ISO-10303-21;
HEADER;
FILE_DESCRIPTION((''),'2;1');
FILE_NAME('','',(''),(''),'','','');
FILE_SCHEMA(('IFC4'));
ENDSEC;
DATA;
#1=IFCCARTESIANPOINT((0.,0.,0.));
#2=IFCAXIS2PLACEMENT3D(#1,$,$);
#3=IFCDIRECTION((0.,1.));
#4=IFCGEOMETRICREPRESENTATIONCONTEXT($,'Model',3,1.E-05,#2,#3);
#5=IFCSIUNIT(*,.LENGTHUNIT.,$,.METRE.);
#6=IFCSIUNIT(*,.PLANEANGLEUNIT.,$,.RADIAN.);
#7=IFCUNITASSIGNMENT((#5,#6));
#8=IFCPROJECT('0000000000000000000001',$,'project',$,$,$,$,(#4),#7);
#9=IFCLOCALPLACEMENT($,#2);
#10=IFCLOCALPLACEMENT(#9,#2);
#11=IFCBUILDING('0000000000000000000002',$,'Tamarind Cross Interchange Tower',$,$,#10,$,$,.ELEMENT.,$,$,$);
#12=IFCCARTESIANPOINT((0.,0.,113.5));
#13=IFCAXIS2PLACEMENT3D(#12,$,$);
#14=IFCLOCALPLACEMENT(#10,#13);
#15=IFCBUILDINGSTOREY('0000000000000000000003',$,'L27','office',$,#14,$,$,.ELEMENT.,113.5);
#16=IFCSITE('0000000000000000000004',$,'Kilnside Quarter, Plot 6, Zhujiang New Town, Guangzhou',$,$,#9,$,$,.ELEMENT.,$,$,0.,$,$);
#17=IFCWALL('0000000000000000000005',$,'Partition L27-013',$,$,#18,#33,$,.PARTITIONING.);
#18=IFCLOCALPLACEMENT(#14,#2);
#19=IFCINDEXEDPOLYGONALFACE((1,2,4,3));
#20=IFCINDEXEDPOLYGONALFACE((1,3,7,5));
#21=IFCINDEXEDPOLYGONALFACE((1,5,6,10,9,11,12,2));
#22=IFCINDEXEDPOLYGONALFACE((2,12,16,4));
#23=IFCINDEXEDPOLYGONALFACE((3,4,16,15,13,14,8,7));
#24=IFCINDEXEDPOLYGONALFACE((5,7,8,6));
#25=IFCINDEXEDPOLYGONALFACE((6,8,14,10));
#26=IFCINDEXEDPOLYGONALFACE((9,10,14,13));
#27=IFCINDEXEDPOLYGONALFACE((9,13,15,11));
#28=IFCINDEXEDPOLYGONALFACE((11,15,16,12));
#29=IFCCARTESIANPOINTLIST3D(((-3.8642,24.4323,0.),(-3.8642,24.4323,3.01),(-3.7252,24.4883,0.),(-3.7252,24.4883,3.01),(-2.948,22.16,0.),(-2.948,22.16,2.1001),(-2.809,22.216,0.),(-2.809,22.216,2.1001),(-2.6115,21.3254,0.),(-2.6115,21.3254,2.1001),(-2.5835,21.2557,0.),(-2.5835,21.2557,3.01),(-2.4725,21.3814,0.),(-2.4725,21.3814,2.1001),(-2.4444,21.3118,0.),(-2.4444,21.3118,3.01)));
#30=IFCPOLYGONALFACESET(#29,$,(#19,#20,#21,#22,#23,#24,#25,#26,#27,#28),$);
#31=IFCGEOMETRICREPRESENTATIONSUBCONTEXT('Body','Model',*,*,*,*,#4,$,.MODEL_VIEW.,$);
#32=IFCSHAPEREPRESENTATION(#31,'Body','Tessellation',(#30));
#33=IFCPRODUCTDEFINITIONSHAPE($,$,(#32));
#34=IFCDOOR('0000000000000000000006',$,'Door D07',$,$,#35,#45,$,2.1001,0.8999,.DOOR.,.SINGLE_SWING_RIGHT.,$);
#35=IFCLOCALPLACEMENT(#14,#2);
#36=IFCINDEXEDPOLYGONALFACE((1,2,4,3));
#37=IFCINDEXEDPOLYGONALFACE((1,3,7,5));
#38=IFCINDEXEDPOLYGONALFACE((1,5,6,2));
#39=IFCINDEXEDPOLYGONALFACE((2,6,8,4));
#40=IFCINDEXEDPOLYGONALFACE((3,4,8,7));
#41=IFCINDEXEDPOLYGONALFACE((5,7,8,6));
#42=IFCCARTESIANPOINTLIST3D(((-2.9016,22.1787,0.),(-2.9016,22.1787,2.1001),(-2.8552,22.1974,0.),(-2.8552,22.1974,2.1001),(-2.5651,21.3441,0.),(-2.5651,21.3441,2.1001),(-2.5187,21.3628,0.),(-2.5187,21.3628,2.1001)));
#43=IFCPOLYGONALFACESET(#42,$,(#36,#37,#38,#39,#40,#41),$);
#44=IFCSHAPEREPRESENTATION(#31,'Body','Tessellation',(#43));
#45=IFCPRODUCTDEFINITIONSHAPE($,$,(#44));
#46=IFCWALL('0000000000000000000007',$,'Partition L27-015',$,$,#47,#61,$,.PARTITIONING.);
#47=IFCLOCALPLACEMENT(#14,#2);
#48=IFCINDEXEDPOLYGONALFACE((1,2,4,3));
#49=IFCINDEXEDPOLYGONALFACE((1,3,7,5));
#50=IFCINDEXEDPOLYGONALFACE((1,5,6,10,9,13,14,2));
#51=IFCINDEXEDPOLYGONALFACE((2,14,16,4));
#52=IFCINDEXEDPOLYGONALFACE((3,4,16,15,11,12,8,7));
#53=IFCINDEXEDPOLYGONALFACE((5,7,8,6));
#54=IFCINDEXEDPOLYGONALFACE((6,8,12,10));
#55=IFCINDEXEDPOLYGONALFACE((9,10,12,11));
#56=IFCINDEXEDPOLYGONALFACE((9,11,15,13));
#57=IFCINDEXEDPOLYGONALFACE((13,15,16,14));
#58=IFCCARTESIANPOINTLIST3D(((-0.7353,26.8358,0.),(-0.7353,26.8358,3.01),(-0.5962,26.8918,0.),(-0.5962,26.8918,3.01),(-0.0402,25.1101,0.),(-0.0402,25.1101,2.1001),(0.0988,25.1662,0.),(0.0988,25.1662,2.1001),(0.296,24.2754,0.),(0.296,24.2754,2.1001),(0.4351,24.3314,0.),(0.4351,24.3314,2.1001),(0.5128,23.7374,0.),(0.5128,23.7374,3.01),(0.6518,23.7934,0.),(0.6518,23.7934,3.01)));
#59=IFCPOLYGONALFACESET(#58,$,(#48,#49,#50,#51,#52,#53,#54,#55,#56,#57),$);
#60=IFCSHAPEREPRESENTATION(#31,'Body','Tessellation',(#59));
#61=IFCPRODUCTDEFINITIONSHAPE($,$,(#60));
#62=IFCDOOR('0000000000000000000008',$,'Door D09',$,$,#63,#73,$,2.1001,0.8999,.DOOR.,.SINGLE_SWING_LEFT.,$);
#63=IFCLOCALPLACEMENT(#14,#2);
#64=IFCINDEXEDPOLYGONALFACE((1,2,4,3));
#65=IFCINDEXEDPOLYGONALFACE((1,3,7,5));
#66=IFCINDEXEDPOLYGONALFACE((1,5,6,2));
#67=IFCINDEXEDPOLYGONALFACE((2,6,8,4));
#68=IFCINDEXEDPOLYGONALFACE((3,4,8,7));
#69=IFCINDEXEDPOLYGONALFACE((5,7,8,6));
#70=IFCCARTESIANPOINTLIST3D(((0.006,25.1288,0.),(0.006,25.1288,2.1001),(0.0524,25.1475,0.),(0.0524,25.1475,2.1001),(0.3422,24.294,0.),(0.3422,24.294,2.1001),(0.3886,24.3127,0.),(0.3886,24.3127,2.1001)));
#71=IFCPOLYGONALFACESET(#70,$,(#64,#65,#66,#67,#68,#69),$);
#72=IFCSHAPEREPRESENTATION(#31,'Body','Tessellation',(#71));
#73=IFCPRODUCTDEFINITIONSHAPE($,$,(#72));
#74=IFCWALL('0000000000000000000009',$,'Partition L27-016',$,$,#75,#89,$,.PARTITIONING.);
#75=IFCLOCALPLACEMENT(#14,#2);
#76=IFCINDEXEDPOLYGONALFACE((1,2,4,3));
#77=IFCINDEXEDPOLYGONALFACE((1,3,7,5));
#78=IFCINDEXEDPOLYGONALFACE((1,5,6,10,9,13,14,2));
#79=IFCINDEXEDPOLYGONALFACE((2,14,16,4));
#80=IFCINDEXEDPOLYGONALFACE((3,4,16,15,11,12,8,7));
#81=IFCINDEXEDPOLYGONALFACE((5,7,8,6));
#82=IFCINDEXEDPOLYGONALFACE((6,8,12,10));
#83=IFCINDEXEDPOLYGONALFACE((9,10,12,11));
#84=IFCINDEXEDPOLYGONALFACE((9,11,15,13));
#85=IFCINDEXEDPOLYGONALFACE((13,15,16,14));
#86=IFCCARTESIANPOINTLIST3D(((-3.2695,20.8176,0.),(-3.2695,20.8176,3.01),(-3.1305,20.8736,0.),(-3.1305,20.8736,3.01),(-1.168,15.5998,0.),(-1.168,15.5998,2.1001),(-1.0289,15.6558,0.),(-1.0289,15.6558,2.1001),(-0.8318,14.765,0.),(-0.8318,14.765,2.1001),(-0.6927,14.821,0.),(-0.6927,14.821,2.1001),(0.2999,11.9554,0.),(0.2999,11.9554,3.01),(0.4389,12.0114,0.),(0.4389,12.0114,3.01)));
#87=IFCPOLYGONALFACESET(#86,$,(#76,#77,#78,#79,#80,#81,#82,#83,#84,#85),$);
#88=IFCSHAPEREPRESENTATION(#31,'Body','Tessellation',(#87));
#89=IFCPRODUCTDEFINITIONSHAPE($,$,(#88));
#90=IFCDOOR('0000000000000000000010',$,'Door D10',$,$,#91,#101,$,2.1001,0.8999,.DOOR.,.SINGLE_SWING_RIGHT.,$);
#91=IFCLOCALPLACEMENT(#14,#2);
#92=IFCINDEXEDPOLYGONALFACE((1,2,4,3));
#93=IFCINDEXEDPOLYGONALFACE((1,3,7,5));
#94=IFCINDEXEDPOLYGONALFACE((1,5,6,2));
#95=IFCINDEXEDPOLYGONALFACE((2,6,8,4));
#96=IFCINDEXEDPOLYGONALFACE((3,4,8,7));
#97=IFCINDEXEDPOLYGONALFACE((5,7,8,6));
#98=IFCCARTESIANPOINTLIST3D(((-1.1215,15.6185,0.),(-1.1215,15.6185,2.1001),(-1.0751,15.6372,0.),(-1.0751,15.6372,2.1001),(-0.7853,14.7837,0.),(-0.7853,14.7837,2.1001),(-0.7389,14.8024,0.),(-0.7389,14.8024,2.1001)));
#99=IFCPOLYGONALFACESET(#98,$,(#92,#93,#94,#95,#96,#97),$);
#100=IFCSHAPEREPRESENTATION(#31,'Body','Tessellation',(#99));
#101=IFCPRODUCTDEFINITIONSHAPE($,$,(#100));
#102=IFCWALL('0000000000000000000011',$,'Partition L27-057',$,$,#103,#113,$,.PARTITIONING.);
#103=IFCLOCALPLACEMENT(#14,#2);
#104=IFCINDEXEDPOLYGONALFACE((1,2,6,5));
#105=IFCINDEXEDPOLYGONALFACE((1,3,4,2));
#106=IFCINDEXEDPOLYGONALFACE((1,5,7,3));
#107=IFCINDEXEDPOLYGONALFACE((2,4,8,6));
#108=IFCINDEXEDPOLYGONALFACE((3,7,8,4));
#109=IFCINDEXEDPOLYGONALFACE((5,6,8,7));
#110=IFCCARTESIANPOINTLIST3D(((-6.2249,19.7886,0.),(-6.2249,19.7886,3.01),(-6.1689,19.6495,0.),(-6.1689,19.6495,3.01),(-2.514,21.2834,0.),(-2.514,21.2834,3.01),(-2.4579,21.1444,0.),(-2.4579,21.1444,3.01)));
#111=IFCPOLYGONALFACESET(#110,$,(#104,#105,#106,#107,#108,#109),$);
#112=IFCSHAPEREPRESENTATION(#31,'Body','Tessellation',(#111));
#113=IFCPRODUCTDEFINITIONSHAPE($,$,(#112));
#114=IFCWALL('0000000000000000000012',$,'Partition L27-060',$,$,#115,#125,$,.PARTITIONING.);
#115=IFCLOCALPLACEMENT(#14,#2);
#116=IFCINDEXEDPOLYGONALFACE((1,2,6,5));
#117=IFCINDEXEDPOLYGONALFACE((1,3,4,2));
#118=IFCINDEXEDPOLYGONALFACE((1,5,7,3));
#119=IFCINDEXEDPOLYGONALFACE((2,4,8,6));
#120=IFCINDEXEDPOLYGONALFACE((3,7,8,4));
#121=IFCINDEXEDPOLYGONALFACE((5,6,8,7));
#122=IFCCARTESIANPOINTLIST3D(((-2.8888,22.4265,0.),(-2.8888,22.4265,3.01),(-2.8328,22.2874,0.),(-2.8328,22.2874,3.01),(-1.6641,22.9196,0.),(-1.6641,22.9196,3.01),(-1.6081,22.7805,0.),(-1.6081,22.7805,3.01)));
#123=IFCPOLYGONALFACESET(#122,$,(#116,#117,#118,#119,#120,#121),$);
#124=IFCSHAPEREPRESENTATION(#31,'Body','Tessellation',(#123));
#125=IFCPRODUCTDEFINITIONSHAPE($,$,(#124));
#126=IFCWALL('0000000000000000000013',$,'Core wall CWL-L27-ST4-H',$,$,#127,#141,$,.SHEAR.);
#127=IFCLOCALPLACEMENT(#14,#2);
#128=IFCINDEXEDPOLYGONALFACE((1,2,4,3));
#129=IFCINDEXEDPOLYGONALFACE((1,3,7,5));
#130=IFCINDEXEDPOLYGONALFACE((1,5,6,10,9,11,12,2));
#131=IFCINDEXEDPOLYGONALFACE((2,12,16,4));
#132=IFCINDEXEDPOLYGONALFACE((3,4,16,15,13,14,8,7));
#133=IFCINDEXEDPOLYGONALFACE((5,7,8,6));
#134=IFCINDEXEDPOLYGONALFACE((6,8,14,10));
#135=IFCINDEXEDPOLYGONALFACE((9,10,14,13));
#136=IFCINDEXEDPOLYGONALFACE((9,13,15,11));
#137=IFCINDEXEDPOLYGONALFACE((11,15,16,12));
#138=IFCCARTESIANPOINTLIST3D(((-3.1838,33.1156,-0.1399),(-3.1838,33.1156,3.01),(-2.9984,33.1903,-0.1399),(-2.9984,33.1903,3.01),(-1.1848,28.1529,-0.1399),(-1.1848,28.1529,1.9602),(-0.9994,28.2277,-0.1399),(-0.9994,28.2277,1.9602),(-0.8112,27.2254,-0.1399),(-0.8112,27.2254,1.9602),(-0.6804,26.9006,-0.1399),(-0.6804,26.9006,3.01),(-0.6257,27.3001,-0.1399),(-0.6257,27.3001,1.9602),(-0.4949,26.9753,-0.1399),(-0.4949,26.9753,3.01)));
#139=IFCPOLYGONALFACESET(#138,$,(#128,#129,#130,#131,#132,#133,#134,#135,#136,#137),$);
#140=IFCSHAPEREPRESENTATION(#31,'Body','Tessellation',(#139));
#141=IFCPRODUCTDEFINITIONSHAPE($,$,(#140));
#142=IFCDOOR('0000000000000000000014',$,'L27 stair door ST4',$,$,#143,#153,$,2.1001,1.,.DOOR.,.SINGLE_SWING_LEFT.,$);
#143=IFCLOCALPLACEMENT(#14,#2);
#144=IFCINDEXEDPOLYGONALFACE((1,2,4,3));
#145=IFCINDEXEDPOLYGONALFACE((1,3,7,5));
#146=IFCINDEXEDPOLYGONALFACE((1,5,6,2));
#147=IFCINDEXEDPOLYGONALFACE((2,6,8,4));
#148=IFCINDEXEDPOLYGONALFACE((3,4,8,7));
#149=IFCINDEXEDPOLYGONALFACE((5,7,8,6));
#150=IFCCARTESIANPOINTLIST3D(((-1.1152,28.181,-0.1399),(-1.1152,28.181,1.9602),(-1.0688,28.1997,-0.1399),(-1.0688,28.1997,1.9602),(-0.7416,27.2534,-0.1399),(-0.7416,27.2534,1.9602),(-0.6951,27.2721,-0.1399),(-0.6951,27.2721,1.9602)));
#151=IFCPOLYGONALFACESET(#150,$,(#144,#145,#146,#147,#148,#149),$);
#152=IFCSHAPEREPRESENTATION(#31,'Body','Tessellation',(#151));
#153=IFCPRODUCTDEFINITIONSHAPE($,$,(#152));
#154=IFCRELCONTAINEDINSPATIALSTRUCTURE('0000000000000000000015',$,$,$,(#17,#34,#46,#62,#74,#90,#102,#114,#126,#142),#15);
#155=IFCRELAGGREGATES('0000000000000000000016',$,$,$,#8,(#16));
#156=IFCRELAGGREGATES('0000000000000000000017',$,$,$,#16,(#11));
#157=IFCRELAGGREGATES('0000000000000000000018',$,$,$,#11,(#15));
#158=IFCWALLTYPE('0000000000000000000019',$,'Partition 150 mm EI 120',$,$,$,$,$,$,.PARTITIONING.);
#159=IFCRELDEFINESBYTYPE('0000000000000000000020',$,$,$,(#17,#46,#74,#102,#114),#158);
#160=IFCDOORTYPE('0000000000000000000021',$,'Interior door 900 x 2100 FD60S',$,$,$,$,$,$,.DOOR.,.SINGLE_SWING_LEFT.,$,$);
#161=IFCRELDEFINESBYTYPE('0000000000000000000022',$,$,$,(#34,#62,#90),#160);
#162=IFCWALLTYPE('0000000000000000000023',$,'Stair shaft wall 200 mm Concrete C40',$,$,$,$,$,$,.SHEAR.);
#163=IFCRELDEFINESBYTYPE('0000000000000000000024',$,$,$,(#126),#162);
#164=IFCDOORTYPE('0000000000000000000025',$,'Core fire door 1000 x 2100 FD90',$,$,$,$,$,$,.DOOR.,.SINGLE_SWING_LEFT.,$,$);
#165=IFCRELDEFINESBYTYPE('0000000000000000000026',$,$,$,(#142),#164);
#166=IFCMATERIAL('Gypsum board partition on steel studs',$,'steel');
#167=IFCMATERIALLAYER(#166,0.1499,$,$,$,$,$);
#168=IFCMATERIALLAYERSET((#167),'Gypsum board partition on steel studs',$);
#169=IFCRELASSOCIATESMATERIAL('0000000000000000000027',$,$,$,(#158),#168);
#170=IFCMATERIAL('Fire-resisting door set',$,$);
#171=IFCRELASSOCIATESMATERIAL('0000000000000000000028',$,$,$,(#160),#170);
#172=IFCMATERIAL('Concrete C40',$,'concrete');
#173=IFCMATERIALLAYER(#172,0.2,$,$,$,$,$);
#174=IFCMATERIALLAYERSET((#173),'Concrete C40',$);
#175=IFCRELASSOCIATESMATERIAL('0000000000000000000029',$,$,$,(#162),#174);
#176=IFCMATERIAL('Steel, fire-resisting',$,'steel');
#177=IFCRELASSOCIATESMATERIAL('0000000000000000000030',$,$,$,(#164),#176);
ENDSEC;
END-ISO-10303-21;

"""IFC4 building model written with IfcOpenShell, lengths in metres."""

from ifc_helpers import new_model, si_unit, direction, frame, frame_2d, origin, place, context, subcontext, project, spatial, rectangle, extrude, material, layer, layer_set, type_object, element, fill, save


model = new_model("IFC4")

# Units and contexts
model_context = context("Model", 3, precision=1e-05, world=origin(), true_north=direction((0.0, 1.0)))
body_context = subcontext(model_context, "Body", "Model", "MODEL_VIEW")
ifc_project = project(units=[si_unit("LENGTHUNIT", "METRE"), si_unit("PLANEANGLEUNIT", "RADIAN")], contexts=[model_context])

# Site, building, storey
site_placement = place(None, origin())
site = spatial("IfcSite", under=ifc_project, at=site_placement, Name="Kilnside Quarter, Plot 6, Zhujiang New Town, Guangzhou", CompositionType="ELEMENT", RefElevation=0.0)
building_placement = place(site_placement, origin())
building = spatial("IfcBuilding", under=site, at=building_placement, Name="Tamarind Cross Interchange Tower", CompositionType="ELEMENT")
storey_placement = place(building_placement, frame((0.0, 0.0, 113.5)))
storey = spatial("IfcBuildingStorey", under=building, at=storey_placement, Name="L27", Description="office", CompositionType="ELEMENT", Elevation=113.5)

# Shared definitions
ifc_material_1 = material(Name="Gypsum board partition on steel studs", Category="steel")
ifc_layer_1 = layer(ifc_material_1, 0.1499)
ifc_layer_set_1 = layer_set([ifc_layer_1], Name="Gypsum board partition on steel studs")
wall_type_1 = type_object("IfcWallType", Name="Partition 150 mm EI 120", PredefinedType="PARTITIONING", material=ifc_layer_set_1)

# Walls, openings, doors
wall_1_placement = place(storey_placement, frame((-3.7947, 24.4602, 0.0), z_axis=(0.0, 0.0, 1.0), x_axis=(0.373946, -0.927451, 0.0)))
wall_1 = element("IfcWall", 1, at=wall_1_placement, inside=storey, type_object=wall_type_1, Name="Partition L27-013", PredefinedType="PARTITIONING", context=body_context, shape_type="SweptSolid", body=[
    extrude(rectangle(XDim=3.425, YDim=0.1499, at=frame_2d((1.7124, 0.0))), origin(), (0.0, 0.0, 1.0), 3.01),
])
opening_1_placement = place(wall_1_placement, frame((2.45, 0.0, 0.0)))
opening_1 = element("IfcOpeningElement", 2, at=opening_1_placement, cuts=wall_1, PredefinedType="OPENING", context=body_context, shape_type="SweptSolid", body=[
    extrude(rectangle(XDim=0.8999, YDim=2.1001, at=frame_2d((0.45, 1.05))), frame((0.0, 0.085, 0.0), z_axis=(0.0, -1.0, 0.0), x_axis=(1.0, 0.0, 0.0)), (0.0, 0.0, 1.0), 0.1699),
])
ifc_material_2 = material(Name="Fire-resisting door set")
door_type_1 = type_object("IfcDoorType", Name="Interior door 900 x 2100 FD60S", OperationType="SINGLE_SWING_LEFT", PredefinedType="DOOR", material=ifc_material_2)
door_1_placement = place(opening_1_placement, frame((0.8999, 0.0, 0.0), z_axis=(0.0, 0.0, 1.0), x_axis=(-1.0, 0.0, 0.0)))
door_1 = element("IfcDoor", 3, at=door_1_placement, inside=storey, type_object=door_type_1, Name="Door D07", OperationType="SINGLE_SWING_RIGHT", OverallHeight=2.1001, OverallWidth=0.8999, PredefinedType="DOOR", context=body_context, shape_type="SweptSolid", body=[
    extrude(rectangle(XDim=0.8999, YDim=2.1001, at=frame_2d((0.45, 1.05))), frame((0.0, 0.0249, 0.0), z_axis=(0.0, -1.0, 0.0), x_axis=(1.0, 0.0, 0.0)), (0.0, 0.0, 1.0), 0.05),
])
fill(opening_1, door_1)
wall_2_placement = place(storey_placement, frame((-0.6658, 26.8638, 0.0), z_axis=(0.0, 0.0, 1.0), x_axis=(0.373633, -0.927577, 0.0)))
wall_2 = element("IfcWall", 4, at=wall_2_placement, inside=storey, type_object=wall_type_1, Name="Partition L27-015", PredefinedType="PARTITIONING", context=body_context, shape_type="SweptSolid", body=[
    extrude(rectangle(XDim=3.3403, YDim=0.1499, at=frame_2d((1.6702, 0.0))), origin(), (0.0, 0.0, 1.0), 3.01),
])
opening_2_placement = place(wall_2_placement, frame((1.8604, 0.0, 0.0)))
opening_2 = element("IfcOpeningElement", 5, at=opening_2_placement, cuts=wall_2, PredefinedType="OPENING", context=body_context, shape_type="SweptSolid", body=[
    extrude(rectangle(XDim=0.8999, YDim=2.1001, at=frame_2d((0.45, 1.05))), frame((0.0, 0.085, 0.0), z_axis=(0.0, -1.0, 0.0), x_axis=(1.0, 0.0, 0.0)), (0.0, 0.0, 1.0), 0.1699),
])
door_2_placement = place(opening_2_placement, origin())
door_2 = element("IfcDoor", 6, at=door_2_placement, inside=storey, type_object=door_type_1, Name="Door D09", OperationType="SINGLE_SWING_LEFT", OverallHeight=2.1001, OverallWidth=0.8999, PredefinedType="DOOR", context=body_context, shape_type="SweptSolid", body=[
    extrude(rectangle(XDim=0.8999, YDim=2.1001, at=frame_2d((0.45, 1.05))), frame((0.0, 0.0249, 0.0), z_axis=(0.0, -1.0, 0.0), x_axis=(1.0, 0.0, 0.0)), (0.0, 0.0, 1.0), 0.05),
])
fill(opening_2, door_2)
wall_3_placement = place(storey_placement, frame((-3.2, 20.8455, 0.0), z_axis=(0.0, 0.0, 1.0), x_axis=(0.373601, -0.927589, 0.0)))
wall_3 = element("IfcWall", 7, at=wall_3_placement, inside=storey, type_object=wall_type_1, Name="Partition L27-016", PredefinedType="PARTITIONING", context=body_context, shape_type="SweptSolid", body=[
    extrude(rectangle(XDim=9.554, YDim=0.1499, at=frame_2d((4.7769, 0.0))), origin(), (0.0, 0.0, 1.0), 3.01),
])
opening_3_placement = place(wall_3_placement, frame((5.625, 0.0, 0.0)))
opening_3 = element("IfcOpeningElement", 8, at=opening_3_placement, cuts=wall_3, PredefinedType="OPENING", context=body_context, shape_type="SweptSolid", body=[
    extrude(rectangle(XDim=0.8999, YDim=2.1001, at=frame_2d((0.45, 1.05))), frame((0.0, 0.085, 0.0), z_axis=(0.0, -1.0, 0.0), x_axis=(1.0, 0.0, 0.0)), (0.0, 0.0, 1.0), 0.1699),
])
door_3_placement = place(opening_3_placement, frame((0.8999, 0.0, 0.0), z_axis=(0.0, 0.0, 1.0), x_axis=(-1.0, 0.0, 0.0)))
door_3 = element("IfcDoor", 9, at=door_3_placement, inside=storey, type_object=door_type_1, Name="Door D10", OperationType="SINGLE_SWING_RIGHT", OverallHeight=2.1001, OverallWidth=0.8999, PredefinedType="DOOR", context=body_context, shape_type="SweptSolid", body=[
    extrude(rectangle(XDim=0.8999, YDim=2.1001, at=frame_2d((0.45, 1.05))), frame((0.0, 0.0249, 0.0), z_axis=(0.0, -1.0, 0.0), x_axis=(1.0, 0.0, 0.0)), (0.0, 0.0, 1.0), 0.05),
])
fill(opening_3, door_3)

# Walls
wall_4_placement = place(storey_placement, frame((-6.197, 19.719, 0.0), z_axis=(0.0, 0.0, 1.0), x_axis=(0.927569, 0.373652, 0.0)))
element("IfcWall", 10, at=wall_4_placement, inside=storey, type_object=wall_type_1, Name="Partition L27-057", PredefinedType="PARTITIONING", context=body_context, shape_type="SweptSolid", body=[
    extrude(rectangle(XDim=4.0007, YDim=0.1499, at=frame_2d((2.0005, 0.0))), origin(), (0.0, 0.0, 1.0), 3.01),
])
wall_5_placement = place(storey_placement, frame((-2.8608, 22.3569, 0.0), z_axis=(0.0, 0.0, 1.0), x_axis=(0.927633, 0.373494, 0.0)))
element("IfcWall", 11, at=wall_5_placement, inside=storey, type_object=wall_type_1, Name="Partition L27-060", PredefinedType="PARTITIONING", context=body_context, shape_type="SweptSolid", body=[
    extrude(rectangle(XDim=1.3203, YDim=0.1499, at=frame_2d((0.6602, 0.0))), origin(), (0.0, 0.0, 1.0), 3.01),
])

# Wall, opening, door
ifc_material_3 = material(Name="Concrete C40", Category="concrete")
ifc_layer_2 = layer(ifc_material_3, 0.2)
ifc_layer_set_2 = layer_set([ifc_layer_2], Name="Concrete C40")
wall_type_2 = type_object("IfcWallType", Name="Stair shaft wall 200 mm Concrete C40", PredefinedType="SHEAR", material=ifc_layer_set_2)
wall_6_placement = place(storey_placement, frame((-0.5876, 26.938, -0.1399), z_axis=(0.0, 0.0, 1.0), x_axis=(-0.373639, 0.927574, 0.0)))
wall_6 = element("IfcWall", 12, at=wall_6_placement, inside=storey, type_object=wall_type_2, Name="Core wall CWL-L27-ST4-H", PredefinedType="SHEAR", context=body_context, shape_type="SweptSolid", body=[
    extrude(rectangle(XDim=6.7002, YDim=0.2, at=frame_2d((3.3501, 0.0))), origin(), (0.0, 0.0, 1.0), 3.1499),
])
opening_4_placement = place(wall_6_placement, frame((0.3501, 0.0, 0.0)))
opening_4 = element("IfcOpeningElement", 13, at=opening_4_placement, cuts=wall_6, PredefinedType="OPENING", context=body_context, shape_type="SweptSolid", body=[
    extrude(rectangle(XDim=1.0, YDim=2.1001, at=frame_2d((0.5, 1.05))), frame((0.0, 0.1099, 0.0), z_axis=(0.0, -1.0, 0.0), x_axis=(1.0, 0.0, 0.0)), (0.0, 0.0, 1.0), 0.22),
])
ifc_material_4 = material(Name="Steel, fire-resisting", Category="steel")
door_type_2 = type_object("IfcDoorType", Name="Core fire door 1000 x 2100 FD90", OperationType="SINGLE_SWING_LEFT", PredefinedType="DOOR", material=ifc_material_4)
door_4_placement = place(opening_4_placement, origin())
door_4 = element("IfcDoor", 14, at=door_4_placement, inside=storey, type_object=door_type_2, Name="L27 stair door ST4", OperationType="SINGLE_SWING_LEFT", OverallHeight=2.1001, OverallWidth=1.0, PredefinedType="DOOR", context=body_context, shape_type="SweptSolid", body=[
    extrude(rectangle(XDim=1.0, YDim=2.1001, at=frame_2d((0.5, 1.05))), frame((0.0, 0.0249, 0.0), z_axis=(0.0, -1.0, 0.0), x_axis=(1.0, 0.0, 0.0)), (0.0, 0.0, 1.0), 0.05),
])
fill(opening_4, door_4)

save(model, "model.ifc")
